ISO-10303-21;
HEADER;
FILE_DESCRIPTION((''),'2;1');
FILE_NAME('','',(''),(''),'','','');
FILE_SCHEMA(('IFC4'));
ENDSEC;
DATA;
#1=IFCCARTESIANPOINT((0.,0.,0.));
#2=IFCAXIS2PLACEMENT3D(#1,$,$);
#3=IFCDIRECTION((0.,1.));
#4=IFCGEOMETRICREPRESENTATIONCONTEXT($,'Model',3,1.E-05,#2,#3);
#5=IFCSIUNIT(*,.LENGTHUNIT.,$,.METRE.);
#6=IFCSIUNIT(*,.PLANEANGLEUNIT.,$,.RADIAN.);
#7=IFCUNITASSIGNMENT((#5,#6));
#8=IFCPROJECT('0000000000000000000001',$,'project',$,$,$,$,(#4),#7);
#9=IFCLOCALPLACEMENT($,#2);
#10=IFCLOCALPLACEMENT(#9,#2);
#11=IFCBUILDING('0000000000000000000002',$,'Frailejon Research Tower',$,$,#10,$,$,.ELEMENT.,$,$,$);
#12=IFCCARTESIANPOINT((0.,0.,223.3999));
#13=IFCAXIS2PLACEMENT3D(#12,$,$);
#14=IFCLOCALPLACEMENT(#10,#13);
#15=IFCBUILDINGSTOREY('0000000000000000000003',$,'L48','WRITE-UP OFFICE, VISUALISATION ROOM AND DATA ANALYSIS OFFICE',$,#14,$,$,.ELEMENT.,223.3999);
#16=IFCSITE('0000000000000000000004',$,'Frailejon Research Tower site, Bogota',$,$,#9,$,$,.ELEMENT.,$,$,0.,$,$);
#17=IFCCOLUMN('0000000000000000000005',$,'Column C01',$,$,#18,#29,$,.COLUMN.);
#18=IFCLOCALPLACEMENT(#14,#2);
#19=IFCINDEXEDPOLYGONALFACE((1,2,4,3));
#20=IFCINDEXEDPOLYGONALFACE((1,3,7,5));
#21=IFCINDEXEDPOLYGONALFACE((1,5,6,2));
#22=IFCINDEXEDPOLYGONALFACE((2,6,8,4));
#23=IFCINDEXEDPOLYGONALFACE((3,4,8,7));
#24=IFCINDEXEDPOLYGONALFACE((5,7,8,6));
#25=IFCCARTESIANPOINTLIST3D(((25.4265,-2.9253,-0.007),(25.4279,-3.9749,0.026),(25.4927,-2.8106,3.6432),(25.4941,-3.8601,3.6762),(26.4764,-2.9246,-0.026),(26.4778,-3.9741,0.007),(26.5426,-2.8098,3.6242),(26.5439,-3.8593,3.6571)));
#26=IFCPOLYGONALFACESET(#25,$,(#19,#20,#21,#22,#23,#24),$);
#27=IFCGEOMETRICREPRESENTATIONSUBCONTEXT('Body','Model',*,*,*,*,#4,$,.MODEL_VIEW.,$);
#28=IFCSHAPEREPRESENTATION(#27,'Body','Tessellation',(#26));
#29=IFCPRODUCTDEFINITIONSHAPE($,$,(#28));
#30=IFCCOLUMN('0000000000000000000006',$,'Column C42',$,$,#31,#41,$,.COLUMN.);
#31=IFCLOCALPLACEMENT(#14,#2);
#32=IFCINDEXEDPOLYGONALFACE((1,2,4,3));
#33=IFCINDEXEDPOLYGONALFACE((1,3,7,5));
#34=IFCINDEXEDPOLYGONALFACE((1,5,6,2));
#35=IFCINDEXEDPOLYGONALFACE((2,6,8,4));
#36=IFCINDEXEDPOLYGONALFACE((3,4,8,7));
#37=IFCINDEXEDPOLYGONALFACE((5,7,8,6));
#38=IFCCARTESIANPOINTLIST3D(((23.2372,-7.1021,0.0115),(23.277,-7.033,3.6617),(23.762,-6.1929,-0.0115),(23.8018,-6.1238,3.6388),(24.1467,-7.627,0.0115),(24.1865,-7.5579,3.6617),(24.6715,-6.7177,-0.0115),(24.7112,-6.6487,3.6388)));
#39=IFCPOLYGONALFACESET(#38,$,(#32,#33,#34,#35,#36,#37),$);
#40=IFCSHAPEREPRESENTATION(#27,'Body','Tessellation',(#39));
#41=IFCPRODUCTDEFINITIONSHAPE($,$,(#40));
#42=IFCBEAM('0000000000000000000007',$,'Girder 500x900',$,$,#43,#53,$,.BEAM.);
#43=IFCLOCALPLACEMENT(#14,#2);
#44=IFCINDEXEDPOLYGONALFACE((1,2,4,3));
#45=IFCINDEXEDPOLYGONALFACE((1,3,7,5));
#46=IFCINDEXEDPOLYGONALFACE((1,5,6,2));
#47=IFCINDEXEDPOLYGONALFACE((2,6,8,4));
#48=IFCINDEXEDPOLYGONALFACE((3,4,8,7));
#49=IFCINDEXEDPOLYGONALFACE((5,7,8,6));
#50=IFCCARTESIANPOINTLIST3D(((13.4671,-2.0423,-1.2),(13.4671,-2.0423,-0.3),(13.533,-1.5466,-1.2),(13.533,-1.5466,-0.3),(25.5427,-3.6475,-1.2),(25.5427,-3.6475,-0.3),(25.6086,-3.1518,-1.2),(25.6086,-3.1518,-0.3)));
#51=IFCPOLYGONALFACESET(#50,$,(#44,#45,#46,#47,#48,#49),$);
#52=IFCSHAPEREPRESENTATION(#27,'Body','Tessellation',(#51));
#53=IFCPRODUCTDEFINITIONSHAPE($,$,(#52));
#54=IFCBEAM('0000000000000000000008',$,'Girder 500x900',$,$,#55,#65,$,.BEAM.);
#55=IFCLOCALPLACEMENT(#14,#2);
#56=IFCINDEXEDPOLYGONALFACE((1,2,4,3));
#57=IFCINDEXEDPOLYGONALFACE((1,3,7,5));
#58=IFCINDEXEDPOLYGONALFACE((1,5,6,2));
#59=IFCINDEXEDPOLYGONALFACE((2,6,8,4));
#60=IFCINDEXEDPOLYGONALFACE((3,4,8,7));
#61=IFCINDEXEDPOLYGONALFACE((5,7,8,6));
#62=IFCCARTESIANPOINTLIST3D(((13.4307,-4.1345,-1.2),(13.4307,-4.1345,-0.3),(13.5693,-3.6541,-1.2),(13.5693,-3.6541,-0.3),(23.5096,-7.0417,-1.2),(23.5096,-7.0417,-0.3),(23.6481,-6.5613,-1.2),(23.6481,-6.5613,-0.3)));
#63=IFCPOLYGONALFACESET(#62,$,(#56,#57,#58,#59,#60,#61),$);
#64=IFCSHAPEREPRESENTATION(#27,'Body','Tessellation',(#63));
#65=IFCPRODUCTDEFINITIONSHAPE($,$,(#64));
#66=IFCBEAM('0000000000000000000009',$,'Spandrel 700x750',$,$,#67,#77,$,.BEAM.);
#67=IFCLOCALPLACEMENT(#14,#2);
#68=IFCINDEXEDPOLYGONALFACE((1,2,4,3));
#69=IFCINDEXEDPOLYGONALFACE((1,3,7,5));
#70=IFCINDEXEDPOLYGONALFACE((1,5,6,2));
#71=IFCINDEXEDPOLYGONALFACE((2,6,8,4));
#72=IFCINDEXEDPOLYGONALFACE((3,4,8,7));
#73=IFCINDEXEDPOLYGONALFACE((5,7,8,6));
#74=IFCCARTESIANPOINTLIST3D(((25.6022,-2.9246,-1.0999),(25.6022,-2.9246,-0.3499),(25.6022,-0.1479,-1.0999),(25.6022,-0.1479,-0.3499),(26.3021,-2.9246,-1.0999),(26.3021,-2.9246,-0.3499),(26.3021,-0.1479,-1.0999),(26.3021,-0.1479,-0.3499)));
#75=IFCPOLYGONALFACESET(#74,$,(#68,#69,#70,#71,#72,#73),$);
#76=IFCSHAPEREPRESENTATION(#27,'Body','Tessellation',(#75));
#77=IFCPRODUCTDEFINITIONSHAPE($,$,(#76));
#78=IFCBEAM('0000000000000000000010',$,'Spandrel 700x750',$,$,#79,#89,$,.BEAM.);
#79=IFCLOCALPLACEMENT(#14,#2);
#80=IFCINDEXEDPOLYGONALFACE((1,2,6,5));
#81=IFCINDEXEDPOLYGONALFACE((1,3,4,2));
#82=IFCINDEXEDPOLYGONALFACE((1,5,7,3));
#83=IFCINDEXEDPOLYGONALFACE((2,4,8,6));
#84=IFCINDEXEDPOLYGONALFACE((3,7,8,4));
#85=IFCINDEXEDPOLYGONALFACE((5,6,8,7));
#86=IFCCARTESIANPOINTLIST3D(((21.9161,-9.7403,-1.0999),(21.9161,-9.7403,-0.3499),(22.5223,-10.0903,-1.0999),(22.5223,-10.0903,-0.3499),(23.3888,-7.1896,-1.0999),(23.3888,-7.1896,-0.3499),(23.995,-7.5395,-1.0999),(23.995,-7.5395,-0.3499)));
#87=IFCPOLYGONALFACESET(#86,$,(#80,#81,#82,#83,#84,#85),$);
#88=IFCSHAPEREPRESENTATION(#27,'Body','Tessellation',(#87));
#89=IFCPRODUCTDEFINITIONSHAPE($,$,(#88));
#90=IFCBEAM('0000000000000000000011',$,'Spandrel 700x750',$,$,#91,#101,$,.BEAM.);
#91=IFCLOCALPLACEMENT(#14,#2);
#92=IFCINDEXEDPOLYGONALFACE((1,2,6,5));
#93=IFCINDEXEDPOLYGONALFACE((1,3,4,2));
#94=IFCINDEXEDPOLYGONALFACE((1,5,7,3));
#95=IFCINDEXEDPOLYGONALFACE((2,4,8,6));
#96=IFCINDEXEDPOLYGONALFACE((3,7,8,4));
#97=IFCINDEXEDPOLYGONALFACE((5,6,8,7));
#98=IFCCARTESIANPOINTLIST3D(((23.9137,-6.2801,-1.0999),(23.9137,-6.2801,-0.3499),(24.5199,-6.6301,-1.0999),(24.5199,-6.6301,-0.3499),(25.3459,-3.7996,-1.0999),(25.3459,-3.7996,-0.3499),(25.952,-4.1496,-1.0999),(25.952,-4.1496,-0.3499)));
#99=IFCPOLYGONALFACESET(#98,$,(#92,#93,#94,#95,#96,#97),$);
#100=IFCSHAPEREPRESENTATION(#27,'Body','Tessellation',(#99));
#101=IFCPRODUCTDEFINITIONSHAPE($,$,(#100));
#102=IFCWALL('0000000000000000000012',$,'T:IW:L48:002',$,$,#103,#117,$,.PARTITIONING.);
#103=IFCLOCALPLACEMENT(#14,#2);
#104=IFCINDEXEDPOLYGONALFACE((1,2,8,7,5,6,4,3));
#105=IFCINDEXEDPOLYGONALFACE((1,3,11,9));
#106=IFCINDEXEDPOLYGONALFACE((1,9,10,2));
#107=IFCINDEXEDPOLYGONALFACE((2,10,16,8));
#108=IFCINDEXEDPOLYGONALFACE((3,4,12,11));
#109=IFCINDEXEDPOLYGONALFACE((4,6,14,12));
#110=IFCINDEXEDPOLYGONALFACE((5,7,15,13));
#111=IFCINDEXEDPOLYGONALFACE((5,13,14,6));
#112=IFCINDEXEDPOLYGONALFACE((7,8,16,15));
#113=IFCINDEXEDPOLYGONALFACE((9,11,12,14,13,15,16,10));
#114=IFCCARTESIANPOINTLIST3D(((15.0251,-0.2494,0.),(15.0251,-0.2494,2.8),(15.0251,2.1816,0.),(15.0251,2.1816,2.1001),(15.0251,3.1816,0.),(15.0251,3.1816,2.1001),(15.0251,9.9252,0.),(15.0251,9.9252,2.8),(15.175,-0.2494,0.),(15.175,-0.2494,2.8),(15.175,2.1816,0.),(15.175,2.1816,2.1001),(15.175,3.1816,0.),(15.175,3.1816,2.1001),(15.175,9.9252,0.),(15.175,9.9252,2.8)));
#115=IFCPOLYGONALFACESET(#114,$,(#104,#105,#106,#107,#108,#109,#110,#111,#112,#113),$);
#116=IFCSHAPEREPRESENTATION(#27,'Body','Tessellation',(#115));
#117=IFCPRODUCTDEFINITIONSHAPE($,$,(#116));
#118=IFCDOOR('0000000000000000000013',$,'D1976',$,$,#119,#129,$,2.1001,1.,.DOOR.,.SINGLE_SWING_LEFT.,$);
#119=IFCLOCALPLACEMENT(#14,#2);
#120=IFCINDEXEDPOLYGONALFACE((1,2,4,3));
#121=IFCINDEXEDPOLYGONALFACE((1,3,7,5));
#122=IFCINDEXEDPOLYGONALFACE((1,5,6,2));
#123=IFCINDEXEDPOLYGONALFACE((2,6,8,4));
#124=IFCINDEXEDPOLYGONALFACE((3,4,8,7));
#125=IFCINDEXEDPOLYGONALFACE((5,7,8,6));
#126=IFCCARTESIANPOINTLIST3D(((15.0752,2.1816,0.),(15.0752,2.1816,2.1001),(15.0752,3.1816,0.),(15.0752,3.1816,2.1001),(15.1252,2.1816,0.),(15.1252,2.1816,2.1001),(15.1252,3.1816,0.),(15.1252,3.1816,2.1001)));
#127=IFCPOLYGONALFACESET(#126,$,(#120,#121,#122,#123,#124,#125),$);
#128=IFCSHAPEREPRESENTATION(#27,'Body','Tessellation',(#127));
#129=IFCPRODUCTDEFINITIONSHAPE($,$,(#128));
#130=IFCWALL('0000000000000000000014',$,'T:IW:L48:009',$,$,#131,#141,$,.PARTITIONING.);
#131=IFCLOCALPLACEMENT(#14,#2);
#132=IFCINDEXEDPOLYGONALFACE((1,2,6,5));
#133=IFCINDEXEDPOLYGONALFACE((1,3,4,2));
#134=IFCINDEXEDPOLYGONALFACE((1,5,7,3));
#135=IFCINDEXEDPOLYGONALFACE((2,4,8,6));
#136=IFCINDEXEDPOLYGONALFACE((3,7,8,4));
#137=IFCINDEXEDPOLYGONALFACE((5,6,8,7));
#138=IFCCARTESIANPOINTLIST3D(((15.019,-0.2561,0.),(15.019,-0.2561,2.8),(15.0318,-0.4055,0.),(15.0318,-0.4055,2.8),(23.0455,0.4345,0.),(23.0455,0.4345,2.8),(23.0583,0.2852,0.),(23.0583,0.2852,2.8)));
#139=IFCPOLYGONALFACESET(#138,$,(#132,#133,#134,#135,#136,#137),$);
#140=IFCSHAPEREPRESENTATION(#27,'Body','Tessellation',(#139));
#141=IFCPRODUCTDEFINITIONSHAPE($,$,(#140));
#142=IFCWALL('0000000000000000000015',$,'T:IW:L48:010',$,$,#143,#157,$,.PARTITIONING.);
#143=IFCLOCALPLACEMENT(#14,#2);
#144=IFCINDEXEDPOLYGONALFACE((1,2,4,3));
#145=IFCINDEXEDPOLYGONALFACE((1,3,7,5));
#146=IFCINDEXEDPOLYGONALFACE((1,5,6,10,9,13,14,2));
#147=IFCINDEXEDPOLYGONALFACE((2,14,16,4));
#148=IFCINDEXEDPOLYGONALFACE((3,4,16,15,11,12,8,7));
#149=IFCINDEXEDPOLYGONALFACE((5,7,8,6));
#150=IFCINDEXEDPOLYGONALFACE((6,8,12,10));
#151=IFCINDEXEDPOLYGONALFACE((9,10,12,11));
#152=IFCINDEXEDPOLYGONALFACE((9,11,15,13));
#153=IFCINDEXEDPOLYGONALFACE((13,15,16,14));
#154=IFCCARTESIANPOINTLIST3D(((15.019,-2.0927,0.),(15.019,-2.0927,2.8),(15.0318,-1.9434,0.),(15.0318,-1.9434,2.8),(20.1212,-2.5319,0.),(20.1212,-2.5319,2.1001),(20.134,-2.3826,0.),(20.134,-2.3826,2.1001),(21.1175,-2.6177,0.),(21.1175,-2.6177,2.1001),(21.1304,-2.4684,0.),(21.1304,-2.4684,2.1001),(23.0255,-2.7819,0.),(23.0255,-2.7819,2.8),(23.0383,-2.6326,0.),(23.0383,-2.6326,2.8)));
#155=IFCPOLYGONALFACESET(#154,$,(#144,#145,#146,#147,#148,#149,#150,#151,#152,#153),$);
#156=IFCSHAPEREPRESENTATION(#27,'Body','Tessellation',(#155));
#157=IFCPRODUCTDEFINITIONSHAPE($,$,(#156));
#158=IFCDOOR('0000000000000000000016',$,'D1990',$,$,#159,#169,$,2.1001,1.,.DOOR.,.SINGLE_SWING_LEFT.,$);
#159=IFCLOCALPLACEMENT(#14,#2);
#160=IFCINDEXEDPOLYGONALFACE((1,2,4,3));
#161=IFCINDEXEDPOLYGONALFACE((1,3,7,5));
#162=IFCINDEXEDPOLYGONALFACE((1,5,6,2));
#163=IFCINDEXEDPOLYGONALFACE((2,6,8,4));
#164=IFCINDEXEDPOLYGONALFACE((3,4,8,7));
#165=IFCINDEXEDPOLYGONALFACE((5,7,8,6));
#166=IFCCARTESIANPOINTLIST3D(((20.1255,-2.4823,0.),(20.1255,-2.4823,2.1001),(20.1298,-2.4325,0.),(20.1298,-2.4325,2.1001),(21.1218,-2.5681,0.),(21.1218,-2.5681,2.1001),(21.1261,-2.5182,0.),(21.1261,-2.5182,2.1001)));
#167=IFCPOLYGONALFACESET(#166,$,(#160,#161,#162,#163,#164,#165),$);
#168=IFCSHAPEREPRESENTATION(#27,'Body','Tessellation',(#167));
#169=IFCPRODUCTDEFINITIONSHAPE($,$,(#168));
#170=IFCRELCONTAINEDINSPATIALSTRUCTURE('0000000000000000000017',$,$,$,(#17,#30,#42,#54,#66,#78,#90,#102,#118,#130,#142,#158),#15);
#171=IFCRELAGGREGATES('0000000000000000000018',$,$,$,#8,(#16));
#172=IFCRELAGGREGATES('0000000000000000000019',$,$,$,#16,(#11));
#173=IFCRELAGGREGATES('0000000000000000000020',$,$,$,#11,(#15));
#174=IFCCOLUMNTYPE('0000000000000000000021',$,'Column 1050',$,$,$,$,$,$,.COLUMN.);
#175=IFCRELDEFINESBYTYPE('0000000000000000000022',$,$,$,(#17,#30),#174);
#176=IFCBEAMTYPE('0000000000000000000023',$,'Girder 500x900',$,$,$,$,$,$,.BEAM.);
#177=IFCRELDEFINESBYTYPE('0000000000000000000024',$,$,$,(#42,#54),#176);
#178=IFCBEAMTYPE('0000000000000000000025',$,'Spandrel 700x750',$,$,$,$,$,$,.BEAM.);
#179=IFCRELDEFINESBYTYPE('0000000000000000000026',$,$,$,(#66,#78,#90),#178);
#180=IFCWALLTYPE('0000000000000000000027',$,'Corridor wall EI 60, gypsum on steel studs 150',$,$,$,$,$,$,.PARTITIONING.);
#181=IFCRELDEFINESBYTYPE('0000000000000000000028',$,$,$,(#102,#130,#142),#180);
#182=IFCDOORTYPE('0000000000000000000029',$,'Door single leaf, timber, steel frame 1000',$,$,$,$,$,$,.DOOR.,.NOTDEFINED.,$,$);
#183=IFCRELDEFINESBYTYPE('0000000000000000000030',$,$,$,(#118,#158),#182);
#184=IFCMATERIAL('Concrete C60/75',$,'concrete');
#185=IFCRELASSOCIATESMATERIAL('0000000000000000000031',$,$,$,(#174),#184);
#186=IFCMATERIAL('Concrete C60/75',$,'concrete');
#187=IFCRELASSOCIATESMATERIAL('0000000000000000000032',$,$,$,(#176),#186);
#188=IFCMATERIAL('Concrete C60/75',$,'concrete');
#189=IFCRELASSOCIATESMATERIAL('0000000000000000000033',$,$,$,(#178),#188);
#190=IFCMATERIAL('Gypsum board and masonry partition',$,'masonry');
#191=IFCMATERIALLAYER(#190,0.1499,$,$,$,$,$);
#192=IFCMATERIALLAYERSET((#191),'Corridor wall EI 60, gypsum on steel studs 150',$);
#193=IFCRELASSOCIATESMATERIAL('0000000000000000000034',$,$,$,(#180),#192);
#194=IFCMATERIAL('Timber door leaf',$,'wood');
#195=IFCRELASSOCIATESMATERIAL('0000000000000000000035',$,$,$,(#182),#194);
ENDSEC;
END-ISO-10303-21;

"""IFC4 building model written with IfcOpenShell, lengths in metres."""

from ifc_helpers import new_model, si_unit, direction, frame, frame_2d, origin, origin_2d, place, context, subcontext, project, spatial, rectangle, extrude, material, layer, layer_set, material_profile, profile_set, type_object, element, fill, save


model = new_model("IFC4")

# Units and contexts
model_context = context("Model", 3, precision=1e-05, world=origin(), true_north=direction((0.0, 1.0)))
body_context = subcontext(model_context, "Body", "Model", "MODEL_VIEW")
ifc_project = project(units=[si_unit("LENGTHUNIT", "METRE"), si_unit("PLANEANGLEUNIT", "RADIAN")], contexts=[model_context])

# Site, building, storey
site_placement = place(None, origin())
site = spatial("IfcSite", under=ifc_project, at=site_placement, Name="Frailejon Research Tower site, Bogota", CompositionType="ELEMENT", RefElevation=0.0)
building_placement = place(site_placement, origin())
building = spatial("IfcBuilding", under=site, at=building_placement, Name="Frailejon Research Tower", CompositionType="ELEMENT")
storey_placement = place(building_placement, frame((0.0, 0.0, 223.3999)))
storey = spatial("IfcBuildingStorey", under=building, at=storey_placement, Name="L48", Description="WRITE-UP OFFICE, VISUALISATION ROOM AND DATA ANALYSIS OFFICE", CompositionType="ELEMENT", Elevation=223.3999)

# Columns
ifc_material_1 = material(Name="Concrete C60/75", Category="concrete")
ifc_material_profile_1 = material_profile(ifc_material_1, rectangle(XDim=1.05, YDim=1.05, at=origin_2d()), Name="Column 1050")
ifc_profile_set_1 = profile_set([ifc_material_profile_1], Name="Concrete C60/75")
column_type = type_object("IfcColumnType", Name="Column 1050", PredefinedType="COLUMN", material=ifc_profile_set_1)
column_1_placement = place(storey_placement, frame((25.9521, -3.4497, 0.0), z_axis=(0.018114, 0.031415, 0.999342), x_axis=(-0.001297, 0.999506, -0.031397)))
element("IfcColumn", 1, at=column_1_placement, inside=storey, type_object=column_type, Name="Column C01", PredefinedType="COLUMN", context=body_context, shape_type="SweptSolid", body=[
    extrude(rectangle(XDim=1.05, YDim=1.05, at=origin_2d()), origin(), (0.0, 0.0, 1.0), 3.6526),
])
column_2_placement = place(storey_placement, frame((23.9543, -6.9099, 0.0), z_axis=(0.0109, 0.018924, 0.999762), x_axis=(0.499759, 0.865889, -0.021838)))
element("IfcColumn", 2, at=column_2_placement, inside=storey, type_object=column_type, Name="Column C42", PredefinedType="COLUMN", context=body_context, shape_type="SweptSolid", body=[
    extrude(rectangle(XDim=1.05, YDim=1.05, at=origin_2d()), origin(), (0.0, 0.0, 1.0), 3.6511),
])

# Beams
ifc_material_2 = material(Name="Concrete C60/75", Category="concrete")
ifc_material_profile_2 = material_profile(ifc_material_2, rectangle(XDim=0.5, YDim=0.8999, at=origin_2d()), Name="Girder 500x900")
ifc_profile_set_2 = profile_set([ifc_material_profile_2], Name="Concrete C60/75")
beam_type_1 = type_object("IfcBeamType", Name="Girder 500x900", PredefinedType="BEAM", material=ifc_profile_set_2)
beam_1_placement = place(storey_placement, frame((25.5757, -3.3997, -0.75), z_axis=(-0.99128, 0.131771, 0.0), x_axis=(-0.131771, -0.99128, 0.0)))
element("IfcBeam", 3, at=beam_1_placement, inside=storey, type_object=beam_type_1, Name="Girder 500x900", PredefinedType="BEAM", context=body_context, shape_type="SweptSolid", body=[
    extrude(rectangle(XDim=0.5, YDim=0.8999, at=origin_2d()), origin(), (0.0, 0.0, 1.0), 12.1819),
])
beam_2_placement = place(storey_placement, frame((23.5789, -6.8015, -0.75), z_axis=(-0.960827, 0.277149, 0.0), x_axis=(-0.277149, -0.960827, 0.0)))
element("IfcBeam", 4, at=beam_2_placement, inside=storey, type_object=beam_type_1, Name="Girder 500x900", PredefinedType="BEAM", context=body_context, shape_type="SweptSolid", body=[
    extrude(rectangle(XDim=0.5, YDim=0.8999, at=origin_2d()), origin(), (0.0, 0.0, 1.0), 10.4897),
])
ifc_material_3 = material(Name="Concrete C60/75", Category="concrete")
ifc_material_profile_3 = material_profile(ifc_material_3, rectangle(XDim=0.7, YDim=0.75, at=origin_2d()), Name="Spandrel 700x750")
ifc_profile_set_3 = profile_set([ifc_material_profile_3], Name="Concrete C60/75")
beam_type_2 = type_object("IfcBeamType", Name="Spandrel 700x750", PredefinedType="BEAM", material=ifc_profile_set_3)
beam_3_placement = place(storey_placement, frame((25.9521, -2.9246, -0.7249), z_axis=(0.0, 1.0, 0.0), x_axis=(-1.0, 0.0, 0.0)))
element("IfcBeam", 5, at=beam_3_placement, inside=storey, type_object=beam_type_2, Name="Spandrel 700x750", PredefinedType="BEAM", context=body_context, shape_type="SweptSolid", body=[
    extrude(rectangle(XDim=0.7, YDim=0.75, at=origin_2d()), origin(), (0.0, 0.0, 1.0), 2.7766),
])
beam_4_placement = place(storey_placement, frame((22.2192, -9.9153, -0.7249), z_axis=(0.49999, 0.866031, 0.0), x_axis=(-0.866031, 0.49999, 0.0)))
element("IfcBeam", 6, at=beam_4_placement, inside=storey, type_object=beam_type_2, Name="Spandrel 700x750", PredefinedType="BEAM", context=body_context, shape_type="SweptSolid", body=[
    extrude(rectangle(XDim=0.7, YDim=0.75, at=origin_2d()), origin(), (0.0, 0.0, 1.0), 2.9453),
])
beam_5_placement = place(storey_placement, frame((24.2168, -6.4551, -0.7249), z_axis=(0.500008, 0.866021, 0.0), x_axis=(-0.866021, 0.500008, 0.0)))
element("IfcBeam", 7, at=beam_5_placement, inside=storey, type_object=beam_type_2, Name="Spandrel 700x750", PredefinedType="BEAM", context=body_context, shape_type="SweptSolid", body=[
    extrude(rectangle(XDim=0.7, YDim=0.75, at=origin_2d()), origin(), (0.0, 0.0, 1.0), 2.8643),
])

# Wall, opening, door
ifc_material_4 = material(Name="Gypsum board and masonry partition", Category="masonry")
ifc_layer_1 = layer(ifc_material_4, 0.1499)
ifc_layer_set_1 = layer_set([ifc_layer_1], Name="Corridor wall EI 60, gypsum on steel studs 150")
wall_type_1 = type_object("IfcWallType", Name="Corridor wall EI 60, gypsum on steel studs 150", PredefinedType="PARTITIONING", material=ifc_layer_set_1)
wall_1_placement = place(storey_placement, frame((15.1001, -0.2495, 0.0), z_axis=(0.0, 0.0, 1.0), x_axis=(0.0, 1.0, 0.0)))
wall_1 = element("IfcWall", 8, at=wall_1_placement, inside=storey, type_object=wall_type_1, Name="T:IW:L48:002", PredefinedType="PARTITIONING", context=body_context, shape_type="SweptSolid", body=[
    extrude(rectangle(XDim=10.1746, YDim=0.1499, at=frame_2d((5.0874, 0.0))), origin(), (0.0, 0.0, 1.0), 2.8),
])
opening_1_placement = place(wall_1_placement, frame((2.4312, 0.0, 0.0)))
opening_1 = element("IfcOpeningElement", 9, at=opening_1_placement, cuts=wall_1, PredefinedType="OPENING", context=body_context, shape_type="SweptSolid", body=[
    extrude(rectangle(XDim=1.0, YDim=2.1001, at=frame_2d((0.5, 1.05))), frame((0.0, 0.085, 0.0), z_axis=(0.0, -1.0, 0.0), x_axis=(1.0, 0.0, 0.0)), (0.0, 0.0, 1.0), 0.1699),
])
ifc_material_5 = material(Name="Timber door leaf", Category="wood")
door_type = type_object("IfcDoorType", Name="Door single leaf, timber, steel frame 1000", OperationType="NOTDEFINED", PredefinedType="DOOR", material=ifc_material_5)
door_1_placement = place(opening_1_placement, origin())
door_1 = element("IfcDoor", 10, at=door_1_placement, inside=storey, type_object=door_type, Name="D1976", OperationType="SINGLE_SWING_LEFT", OverallHeight=2.1001, OverallWidth=1.0, PredefinedType="DOOR", context=body_context, shape_type="SweptSolid", body=[
    extrude(rectangle(XDim=1.0, YDim=2.1001, at=frame_2d((0.5, 1.05))), frame((0.0, 0.0249, 0.0), z_axis=(0.0, -1.0, 0.0), x_axis=(1.0, 0.0, 0.0)), (0.0, 0.0, 1.0), 0.05),
])
fill(opening_1, door_1)

# Wall
wall_2_placement = place(storey_placement, frame((15.0254, -0.3308, 0.0), z_axis=(0.0, 0.0, 1.0), x_axis=(0.996318, 0.085731, 0.0)))
element("IfcWall", 11, at=wall_2_placement, inside=storey, type_object=wall_type_1, Name="T:IW:L48:009", PredefinedType="PARTITIONING", context=body_context, shape_type="SweptSolid", body=[
    extrude(rectangle(XDim=8.0562, YDim=0.1499, at=frame_2d((4.0281, 0.0))), origin(), (0.0, 0.0, 1.0), 2.8),
])

# Wall, opening, door
wall_3_placement = place(storey_placement, frame((15.0254, -2.0181, 0.0), z_axis=(0.0, 0.0, 1.0), x_axis=(0.996316, -0.085763, 0.0)))
wall_3 = element("IfcWall", 12, at=wall_3_placement, inside=storey, type_object=wall_type_1, Name="T:IW:L48:010", PredefinedType="PARTITIONING", context=body_context, shape_type="SweptSolid", body=[
    extrude(rectangle(XDim=8.0361, YDim=0.1499, at=frame_2d((4.0181, 0.0))), origin(), (0.0, 0.0, 1.0), 2.8),
])
opening_2_placement = place(wall_3_placement, frame((5.1211, 0.0, 0.0)))
opening_2 = element("IfcOpeningElement", 13, at=opening_2_placement, cuts=wall_3, PredefinedType="OPENING", context=body_context, shape_type="SweptSolid", body=[
    extrude(rectangle(XDim=1.0, YDim=2.1001, at=frame_2d((0.5, 1.05))), frame((0.0, 0.085, 0.0), z_axis=(0.0, -1.0, 0.0), x_axis=(1.0, 0.0, 0.0)), (0.0, 0.0, 1.0), 0.1699),
])
door_2_placement = place(opening_2_placement, origin())
door_2 = element("IfcDoor", 14, at=door_2_placement, inside=storey, type_object=door_type, Name="D1990", OperationType="SINGLE_SWING_LEFT", OverallHeight=2.1001, OverallWidth=1.0, PredefinedType="DOOR", context=body_context, shape_type="SweptSolid", body=[
    extrude(rectangle(XDim=1.0, YDim=2.1001, at=frame_2d((0.5, 1.05))), frame((0.0, 0.0249, 0.0), z_axis=(0.0, -1.0, 0.0), x_axis=(1.0, 0.0, 0.0)), (0.0, 0.0, 1.0), 0.05),
])
fill(opening_2, door_2)

save(model, "model.ifc")
